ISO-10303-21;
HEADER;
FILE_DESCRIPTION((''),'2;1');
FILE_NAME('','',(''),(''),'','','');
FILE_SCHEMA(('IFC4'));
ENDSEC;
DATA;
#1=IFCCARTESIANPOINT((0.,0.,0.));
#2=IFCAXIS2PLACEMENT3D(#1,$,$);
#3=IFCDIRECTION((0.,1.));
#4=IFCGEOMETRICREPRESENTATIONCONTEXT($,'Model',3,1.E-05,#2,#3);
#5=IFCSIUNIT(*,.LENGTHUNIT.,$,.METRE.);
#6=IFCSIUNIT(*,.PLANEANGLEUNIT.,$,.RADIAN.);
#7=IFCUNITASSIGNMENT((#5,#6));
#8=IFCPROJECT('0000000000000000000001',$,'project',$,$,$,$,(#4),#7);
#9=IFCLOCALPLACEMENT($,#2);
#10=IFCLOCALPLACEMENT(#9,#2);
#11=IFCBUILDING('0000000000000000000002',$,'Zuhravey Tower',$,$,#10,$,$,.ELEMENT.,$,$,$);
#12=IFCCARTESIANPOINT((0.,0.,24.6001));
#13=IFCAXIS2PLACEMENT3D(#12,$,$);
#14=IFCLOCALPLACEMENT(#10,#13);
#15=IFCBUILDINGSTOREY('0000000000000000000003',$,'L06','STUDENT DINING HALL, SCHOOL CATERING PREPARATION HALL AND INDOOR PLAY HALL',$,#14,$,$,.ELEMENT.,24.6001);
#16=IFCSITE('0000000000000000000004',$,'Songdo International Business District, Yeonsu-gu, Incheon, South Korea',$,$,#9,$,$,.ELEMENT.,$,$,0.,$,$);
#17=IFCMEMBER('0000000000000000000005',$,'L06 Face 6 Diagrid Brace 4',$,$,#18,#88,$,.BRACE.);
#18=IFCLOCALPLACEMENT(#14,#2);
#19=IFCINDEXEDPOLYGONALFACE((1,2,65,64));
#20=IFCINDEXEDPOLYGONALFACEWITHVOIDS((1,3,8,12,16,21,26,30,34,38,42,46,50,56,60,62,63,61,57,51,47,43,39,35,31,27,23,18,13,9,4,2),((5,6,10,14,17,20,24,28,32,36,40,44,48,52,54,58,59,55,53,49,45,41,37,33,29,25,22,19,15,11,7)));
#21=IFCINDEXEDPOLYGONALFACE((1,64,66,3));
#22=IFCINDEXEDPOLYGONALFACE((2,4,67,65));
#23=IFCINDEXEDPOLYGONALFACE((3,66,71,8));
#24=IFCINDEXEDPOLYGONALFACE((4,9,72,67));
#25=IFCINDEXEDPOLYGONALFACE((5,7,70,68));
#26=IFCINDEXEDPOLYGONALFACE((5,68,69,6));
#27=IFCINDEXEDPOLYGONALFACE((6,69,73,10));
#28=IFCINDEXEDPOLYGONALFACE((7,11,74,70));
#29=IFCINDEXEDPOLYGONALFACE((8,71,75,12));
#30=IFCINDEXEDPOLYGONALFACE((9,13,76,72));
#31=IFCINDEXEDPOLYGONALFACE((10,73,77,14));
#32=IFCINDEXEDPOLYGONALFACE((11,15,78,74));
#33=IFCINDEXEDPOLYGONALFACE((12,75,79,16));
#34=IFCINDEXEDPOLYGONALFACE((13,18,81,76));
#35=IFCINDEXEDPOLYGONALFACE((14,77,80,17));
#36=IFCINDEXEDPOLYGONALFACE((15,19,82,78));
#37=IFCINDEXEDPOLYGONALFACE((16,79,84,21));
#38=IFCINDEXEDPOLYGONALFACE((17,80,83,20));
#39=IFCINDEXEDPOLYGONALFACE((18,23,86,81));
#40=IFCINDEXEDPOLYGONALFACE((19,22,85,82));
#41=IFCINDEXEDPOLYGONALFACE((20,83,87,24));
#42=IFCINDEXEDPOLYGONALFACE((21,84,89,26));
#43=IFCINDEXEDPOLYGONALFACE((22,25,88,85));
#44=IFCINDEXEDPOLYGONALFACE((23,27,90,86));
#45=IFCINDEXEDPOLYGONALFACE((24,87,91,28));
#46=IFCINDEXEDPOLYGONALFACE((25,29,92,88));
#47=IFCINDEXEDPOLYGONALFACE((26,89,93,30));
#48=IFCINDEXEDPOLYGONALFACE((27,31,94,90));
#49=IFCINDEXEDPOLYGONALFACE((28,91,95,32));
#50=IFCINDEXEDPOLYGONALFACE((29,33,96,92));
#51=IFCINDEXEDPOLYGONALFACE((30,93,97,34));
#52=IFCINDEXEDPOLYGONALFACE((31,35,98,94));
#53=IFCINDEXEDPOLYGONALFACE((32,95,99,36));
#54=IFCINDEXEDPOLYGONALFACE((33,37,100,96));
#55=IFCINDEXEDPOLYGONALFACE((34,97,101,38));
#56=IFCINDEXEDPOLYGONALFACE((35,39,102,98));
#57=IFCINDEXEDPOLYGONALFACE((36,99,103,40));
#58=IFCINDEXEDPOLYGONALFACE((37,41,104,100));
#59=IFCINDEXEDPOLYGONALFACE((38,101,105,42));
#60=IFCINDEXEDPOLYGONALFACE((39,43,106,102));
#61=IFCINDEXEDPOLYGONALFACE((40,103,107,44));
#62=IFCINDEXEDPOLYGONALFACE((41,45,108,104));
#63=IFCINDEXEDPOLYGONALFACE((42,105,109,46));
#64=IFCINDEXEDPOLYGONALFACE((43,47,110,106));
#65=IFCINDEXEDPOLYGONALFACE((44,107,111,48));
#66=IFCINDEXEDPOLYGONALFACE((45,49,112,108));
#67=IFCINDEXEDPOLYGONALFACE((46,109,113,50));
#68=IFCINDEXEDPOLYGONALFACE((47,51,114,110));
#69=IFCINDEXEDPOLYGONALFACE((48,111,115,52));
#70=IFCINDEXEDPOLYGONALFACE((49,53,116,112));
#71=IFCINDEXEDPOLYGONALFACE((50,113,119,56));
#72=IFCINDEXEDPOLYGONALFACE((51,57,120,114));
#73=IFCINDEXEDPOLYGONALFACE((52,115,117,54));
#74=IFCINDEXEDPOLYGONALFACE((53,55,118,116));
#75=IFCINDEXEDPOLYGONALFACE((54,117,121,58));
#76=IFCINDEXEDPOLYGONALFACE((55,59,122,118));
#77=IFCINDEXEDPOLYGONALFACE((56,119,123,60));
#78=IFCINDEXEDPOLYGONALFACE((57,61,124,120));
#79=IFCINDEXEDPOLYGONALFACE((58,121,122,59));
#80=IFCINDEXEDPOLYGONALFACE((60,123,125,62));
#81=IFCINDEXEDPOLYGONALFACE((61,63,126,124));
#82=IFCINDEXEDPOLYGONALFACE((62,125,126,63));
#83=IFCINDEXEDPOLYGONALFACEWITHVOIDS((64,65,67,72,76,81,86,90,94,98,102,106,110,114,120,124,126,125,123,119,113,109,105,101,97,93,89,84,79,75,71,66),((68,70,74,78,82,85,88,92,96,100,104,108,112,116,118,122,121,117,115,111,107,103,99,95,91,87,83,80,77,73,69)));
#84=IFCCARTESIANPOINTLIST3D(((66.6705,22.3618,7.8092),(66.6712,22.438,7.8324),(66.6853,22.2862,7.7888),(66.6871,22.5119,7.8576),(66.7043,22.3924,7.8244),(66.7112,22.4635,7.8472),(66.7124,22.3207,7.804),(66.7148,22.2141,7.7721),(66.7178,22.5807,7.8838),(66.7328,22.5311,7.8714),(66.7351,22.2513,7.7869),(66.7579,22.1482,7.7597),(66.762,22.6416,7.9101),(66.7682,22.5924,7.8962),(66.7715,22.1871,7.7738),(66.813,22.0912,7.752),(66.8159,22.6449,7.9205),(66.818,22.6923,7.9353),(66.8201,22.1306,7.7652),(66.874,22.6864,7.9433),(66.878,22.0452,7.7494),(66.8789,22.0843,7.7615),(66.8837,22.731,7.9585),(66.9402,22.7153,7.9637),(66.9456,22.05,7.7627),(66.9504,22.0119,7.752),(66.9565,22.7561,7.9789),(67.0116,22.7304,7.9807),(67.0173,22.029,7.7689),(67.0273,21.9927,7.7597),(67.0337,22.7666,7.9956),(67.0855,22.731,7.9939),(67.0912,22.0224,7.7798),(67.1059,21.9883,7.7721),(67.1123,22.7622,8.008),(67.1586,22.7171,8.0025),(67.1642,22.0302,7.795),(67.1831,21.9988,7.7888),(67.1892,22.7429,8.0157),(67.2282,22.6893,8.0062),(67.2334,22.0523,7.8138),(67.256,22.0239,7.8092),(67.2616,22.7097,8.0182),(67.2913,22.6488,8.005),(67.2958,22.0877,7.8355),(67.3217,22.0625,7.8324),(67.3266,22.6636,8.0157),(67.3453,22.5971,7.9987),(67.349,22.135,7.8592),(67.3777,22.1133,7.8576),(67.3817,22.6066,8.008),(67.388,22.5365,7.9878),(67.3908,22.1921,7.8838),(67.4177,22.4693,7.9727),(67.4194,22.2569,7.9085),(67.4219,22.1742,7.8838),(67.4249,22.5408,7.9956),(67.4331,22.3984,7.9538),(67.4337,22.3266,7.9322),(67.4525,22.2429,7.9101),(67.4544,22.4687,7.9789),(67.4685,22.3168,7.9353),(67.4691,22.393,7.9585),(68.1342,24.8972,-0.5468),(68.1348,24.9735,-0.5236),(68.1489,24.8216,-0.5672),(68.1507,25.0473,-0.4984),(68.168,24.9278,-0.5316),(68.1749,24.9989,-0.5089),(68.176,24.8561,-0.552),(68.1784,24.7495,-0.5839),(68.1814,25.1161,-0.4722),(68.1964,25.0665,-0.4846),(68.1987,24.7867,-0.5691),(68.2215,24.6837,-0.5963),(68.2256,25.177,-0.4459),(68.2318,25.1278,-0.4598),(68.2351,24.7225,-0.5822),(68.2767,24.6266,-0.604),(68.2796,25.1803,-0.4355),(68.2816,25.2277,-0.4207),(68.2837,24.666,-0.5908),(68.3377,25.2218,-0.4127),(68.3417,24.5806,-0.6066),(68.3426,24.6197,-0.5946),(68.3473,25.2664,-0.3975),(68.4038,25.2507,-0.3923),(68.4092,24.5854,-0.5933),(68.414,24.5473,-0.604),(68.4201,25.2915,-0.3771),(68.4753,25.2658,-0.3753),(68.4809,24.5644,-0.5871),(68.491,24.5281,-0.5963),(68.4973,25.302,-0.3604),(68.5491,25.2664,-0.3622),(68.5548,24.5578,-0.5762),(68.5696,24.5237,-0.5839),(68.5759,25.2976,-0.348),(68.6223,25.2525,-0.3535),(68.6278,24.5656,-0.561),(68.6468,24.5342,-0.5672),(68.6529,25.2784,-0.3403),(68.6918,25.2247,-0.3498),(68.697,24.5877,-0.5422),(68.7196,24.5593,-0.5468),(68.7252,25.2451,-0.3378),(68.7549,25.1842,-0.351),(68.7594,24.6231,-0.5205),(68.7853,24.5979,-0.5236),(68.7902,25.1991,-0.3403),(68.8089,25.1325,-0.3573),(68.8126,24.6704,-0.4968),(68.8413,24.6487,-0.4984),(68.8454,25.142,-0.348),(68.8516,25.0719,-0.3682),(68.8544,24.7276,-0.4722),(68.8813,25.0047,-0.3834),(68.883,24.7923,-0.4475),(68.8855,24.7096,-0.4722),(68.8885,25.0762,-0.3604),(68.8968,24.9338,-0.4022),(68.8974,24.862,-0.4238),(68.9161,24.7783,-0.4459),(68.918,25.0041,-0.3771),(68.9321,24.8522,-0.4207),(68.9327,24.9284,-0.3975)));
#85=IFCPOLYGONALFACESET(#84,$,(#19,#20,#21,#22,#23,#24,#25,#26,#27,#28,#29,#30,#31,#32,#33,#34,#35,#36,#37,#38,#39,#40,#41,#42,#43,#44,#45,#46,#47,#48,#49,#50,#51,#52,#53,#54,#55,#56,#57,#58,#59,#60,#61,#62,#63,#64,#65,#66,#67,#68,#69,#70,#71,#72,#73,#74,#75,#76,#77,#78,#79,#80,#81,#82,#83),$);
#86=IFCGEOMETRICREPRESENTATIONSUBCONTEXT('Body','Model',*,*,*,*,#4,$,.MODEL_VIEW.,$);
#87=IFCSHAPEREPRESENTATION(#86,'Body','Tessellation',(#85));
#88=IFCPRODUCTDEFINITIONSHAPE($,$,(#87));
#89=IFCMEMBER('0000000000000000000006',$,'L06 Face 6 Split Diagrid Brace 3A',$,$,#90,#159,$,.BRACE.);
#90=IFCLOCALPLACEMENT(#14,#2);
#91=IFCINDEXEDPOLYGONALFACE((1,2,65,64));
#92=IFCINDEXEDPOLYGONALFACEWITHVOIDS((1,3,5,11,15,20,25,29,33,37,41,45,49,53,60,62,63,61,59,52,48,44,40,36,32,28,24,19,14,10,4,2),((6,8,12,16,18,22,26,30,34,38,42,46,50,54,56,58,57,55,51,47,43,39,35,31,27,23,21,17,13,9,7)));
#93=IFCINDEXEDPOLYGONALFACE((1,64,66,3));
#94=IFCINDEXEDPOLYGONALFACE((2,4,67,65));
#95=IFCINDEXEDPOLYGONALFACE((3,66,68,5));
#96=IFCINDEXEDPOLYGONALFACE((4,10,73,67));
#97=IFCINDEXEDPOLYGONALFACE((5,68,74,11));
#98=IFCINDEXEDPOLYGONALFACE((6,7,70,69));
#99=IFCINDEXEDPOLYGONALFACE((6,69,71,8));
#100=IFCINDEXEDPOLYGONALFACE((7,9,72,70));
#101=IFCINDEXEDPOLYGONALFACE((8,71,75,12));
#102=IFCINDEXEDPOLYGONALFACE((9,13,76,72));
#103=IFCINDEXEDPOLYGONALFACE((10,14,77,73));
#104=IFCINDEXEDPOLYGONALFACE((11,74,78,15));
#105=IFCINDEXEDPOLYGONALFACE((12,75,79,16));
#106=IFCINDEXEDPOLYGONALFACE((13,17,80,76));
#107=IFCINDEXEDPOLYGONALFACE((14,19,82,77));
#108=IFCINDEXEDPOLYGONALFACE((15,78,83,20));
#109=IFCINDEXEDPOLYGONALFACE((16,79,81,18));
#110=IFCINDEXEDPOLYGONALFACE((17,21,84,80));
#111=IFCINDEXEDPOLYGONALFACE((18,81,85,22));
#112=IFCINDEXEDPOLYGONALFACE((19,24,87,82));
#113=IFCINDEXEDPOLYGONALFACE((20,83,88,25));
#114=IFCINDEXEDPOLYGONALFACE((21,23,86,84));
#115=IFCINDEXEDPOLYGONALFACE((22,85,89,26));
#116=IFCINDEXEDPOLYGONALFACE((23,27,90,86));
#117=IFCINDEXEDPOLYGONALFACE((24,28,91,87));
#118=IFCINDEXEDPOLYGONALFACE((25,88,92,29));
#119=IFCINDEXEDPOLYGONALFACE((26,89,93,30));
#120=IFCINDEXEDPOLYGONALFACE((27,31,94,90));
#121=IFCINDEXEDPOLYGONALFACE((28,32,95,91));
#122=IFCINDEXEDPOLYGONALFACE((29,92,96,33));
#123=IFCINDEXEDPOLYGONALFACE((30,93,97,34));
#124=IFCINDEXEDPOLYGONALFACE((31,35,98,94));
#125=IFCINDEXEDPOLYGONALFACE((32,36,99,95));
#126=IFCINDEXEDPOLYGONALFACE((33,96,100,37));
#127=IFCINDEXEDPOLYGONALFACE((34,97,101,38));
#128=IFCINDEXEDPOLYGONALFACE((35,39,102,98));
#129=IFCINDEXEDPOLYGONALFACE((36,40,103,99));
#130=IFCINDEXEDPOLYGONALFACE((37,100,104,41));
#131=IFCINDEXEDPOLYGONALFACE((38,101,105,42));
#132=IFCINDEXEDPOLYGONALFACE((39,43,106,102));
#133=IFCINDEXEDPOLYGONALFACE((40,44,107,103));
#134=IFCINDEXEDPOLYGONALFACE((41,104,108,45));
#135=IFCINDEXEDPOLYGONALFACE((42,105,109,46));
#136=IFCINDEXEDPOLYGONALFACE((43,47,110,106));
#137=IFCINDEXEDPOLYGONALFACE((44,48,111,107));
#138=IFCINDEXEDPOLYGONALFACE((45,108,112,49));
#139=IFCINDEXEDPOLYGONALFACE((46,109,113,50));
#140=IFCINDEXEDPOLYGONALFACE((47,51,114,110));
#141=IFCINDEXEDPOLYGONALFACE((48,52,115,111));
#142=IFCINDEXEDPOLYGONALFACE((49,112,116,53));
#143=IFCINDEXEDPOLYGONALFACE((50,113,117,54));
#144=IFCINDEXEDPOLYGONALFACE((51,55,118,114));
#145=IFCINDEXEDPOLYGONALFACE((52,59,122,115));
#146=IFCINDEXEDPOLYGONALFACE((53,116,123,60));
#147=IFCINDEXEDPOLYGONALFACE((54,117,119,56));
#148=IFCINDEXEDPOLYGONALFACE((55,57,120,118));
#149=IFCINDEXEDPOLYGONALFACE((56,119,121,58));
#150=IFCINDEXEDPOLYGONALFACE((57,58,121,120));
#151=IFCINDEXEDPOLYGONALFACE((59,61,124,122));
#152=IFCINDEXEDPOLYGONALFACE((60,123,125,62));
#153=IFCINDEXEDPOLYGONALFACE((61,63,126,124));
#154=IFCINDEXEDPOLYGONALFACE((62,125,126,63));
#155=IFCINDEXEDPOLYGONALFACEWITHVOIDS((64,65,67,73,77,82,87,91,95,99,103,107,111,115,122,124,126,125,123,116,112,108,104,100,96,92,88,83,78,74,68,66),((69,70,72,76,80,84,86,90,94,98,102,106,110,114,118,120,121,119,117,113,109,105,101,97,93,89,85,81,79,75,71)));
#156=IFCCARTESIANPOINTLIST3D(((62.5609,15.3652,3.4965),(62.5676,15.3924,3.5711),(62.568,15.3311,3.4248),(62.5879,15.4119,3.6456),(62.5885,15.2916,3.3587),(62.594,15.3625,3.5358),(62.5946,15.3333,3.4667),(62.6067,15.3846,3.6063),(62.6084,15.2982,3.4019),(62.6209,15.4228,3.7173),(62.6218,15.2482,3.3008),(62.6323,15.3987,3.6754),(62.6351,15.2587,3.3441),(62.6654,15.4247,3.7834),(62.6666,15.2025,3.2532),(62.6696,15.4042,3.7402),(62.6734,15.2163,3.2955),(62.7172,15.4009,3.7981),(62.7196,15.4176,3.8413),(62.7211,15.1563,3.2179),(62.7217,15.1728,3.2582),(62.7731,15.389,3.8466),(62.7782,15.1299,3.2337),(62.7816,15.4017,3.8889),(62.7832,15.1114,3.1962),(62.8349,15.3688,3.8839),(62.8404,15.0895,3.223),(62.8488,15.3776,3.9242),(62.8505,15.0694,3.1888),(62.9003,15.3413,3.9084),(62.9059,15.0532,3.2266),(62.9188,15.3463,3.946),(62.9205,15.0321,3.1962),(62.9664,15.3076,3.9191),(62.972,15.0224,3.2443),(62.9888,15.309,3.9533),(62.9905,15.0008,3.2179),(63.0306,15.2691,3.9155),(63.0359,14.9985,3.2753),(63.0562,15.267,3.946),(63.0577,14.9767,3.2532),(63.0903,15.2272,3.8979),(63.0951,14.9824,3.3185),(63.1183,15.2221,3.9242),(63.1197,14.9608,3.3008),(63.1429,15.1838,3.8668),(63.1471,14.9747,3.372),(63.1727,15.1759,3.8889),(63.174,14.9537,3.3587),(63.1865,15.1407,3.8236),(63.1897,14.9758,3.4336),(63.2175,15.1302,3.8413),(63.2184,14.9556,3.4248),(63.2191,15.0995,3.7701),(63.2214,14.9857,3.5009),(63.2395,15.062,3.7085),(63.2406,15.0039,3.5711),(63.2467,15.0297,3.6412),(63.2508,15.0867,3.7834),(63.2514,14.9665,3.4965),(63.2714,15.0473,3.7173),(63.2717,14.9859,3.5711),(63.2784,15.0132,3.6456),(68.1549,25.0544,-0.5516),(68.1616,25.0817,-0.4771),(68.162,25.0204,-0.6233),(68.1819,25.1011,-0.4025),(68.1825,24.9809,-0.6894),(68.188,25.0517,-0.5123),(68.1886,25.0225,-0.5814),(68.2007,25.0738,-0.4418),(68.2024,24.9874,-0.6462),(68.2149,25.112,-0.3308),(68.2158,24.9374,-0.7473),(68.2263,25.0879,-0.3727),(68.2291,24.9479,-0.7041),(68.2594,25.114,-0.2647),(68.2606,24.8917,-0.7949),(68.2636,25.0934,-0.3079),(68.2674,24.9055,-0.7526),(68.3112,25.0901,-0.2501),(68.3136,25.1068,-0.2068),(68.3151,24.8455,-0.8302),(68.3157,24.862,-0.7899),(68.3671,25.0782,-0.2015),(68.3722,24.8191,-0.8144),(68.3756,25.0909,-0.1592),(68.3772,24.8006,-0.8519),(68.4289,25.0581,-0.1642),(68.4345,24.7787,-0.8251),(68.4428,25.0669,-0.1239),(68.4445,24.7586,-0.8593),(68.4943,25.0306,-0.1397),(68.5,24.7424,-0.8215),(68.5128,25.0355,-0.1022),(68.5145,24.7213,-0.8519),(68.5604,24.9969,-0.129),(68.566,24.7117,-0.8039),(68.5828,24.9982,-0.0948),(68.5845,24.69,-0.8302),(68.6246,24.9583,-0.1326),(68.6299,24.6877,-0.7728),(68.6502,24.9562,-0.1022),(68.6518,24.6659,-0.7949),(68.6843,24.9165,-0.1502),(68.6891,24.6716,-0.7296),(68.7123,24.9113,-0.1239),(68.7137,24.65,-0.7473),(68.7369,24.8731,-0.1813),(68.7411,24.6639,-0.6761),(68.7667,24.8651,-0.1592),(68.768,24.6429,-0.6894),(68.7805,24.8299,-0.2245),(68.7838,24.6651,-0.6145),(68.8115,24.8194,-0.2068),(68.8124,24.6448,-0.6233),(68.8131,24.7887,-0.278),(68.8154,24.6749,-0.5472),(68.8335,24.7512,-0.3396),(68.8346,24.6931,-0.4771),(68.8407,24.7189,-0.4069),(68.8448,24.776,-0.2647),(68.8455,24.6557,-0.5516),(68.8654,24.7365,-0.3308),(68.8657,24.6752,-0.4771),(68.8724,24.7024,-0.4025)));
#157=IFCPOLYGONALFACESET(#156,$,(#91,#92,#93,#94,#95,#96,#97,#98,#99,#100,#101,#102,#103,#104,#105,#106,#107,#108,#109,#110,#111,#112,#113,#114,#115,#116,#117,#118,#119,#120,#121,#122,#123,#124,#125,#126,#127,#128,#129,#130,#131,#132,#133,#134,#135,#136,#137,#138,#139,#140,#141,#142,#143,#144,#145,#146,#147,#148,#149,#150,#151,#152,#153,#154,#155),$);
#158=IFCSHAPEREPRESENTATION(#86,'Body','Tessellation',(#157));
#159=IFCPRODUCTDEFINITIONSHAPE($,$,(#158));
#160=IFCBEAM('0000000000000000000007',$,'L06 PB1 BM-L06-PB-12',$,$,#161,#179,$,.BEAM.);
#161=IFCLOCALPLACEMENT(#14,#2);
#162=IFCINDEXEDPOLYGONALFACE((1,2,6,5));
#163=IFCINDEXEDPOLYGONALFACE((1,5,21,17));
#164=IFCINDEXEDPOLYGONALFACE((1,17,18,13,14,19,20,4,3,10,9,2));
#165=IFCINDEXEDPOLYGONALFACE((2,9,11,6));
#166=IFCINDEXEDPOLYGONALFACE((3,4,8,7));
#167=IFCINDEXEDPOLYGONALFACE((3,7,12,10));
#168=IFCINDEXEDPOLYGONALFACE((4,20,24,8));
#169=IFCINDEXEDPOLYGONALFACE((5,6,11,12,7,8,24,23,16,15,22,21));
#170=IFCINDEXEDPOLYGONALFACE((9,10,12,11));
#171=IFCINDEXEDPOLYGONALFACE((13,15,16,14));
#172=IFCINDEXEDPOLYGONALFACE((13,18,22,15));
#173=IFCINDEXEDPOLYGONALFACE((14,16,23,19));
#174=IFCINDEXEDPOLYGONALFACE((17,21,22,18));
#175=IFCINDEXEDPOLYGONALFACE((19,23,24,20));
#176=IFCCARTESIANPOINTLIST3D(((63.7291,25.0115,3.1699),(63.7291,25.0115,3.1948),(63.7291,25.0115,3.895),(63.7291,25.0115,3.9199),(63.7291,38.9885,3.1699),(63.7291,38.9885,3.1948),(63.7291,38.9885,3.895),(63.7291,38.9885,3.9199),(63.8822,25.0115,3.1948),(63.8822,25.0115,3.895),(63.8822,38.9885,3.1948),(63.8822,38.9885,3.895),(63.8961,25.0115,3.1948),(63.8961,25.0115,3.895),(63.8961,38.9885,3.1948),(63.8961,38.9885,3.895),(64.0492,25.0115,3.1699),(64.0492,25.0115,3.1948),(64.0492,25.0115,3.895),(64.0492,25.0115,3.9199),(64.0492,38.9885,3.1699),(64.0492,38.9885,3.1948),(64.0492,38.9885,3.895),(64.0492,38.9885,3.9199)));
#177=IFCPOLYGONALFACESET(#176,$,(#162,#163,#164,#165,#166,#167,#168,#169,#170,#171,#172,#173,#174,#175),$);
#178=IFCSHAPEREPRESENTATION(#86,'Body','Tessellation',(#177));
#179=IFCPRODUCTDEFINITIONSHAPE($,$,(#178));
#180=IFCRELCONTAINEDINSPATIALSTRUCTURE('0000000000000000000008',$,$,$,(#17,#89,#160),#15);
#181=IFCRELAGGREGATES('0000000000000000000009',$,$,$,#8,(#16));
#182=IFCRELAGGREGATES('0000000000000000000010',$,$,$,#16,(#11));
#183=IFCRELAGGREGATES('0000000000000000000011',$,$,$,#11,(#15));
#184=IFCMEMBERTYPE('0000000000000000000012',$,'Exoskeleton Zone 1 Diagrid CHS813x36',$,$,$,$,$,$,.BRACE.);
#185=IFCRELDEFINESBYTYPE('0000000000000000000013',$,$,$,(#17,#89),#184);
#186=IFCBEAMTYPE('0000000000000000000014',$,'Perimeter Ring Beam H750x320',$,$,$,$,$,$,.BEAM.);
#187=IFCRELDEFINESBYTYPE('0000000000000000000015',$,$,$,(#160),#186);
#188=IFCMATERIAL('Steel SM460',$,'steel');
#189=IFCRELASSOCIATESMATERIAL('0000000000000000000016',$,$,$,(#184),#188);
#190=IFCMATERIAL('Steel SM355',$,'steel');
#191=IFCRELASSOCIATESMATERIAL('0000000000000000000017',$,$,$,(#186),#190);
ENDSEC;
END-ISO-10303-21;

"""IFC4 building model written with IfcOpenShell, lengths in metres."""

from ifc_helpers import new_model, si_unit, direction, frame, origin, origin_2d, place, context, subcontext, project, spatial, hollow_circle, i_section, extrude, material, material_profile, profile_set, type_object, element, save


model = new_model("IFC4")

# Units and contexts
model_context = context("Model", 3, precision=1e-05, world=origin(), true_north=direction((0.0, 1.0)))
body_context = subcontext(model_context, "Body", "Model", "MODEL_VIEW")
ifc_project = project(units=[si_unit("LENGTHUNIT", "METRE"), si_unit("PLANEANGLEUNIT", "RADIAN")], contexts=[model_context])

# Site, building, storey
site_placement = place(None, origin())
site = spatial("IfcSite", under=ifc_project, at=site_placement, Name="Songdo International Business District, Yeonsu-gu, Incheon, South Korea", CompositionType="ELEMENT", RefElevation=0.0)
building_placement = place(site_placement, origin())
building = spatial("IfcBuilding", under=site, at=building_placement, Name="Zuhravey Tower", CompositionType="ELEMENT")
storey_placement = place(building_placement, frame((0.0, 0.0, 24.6001)))
storey = spatial("IfcBuildingStorey", under=building, at=storey_placement, Name="L06", Description="STUDENT DINING HALL, SCHOOL CATERING PREPARATION HALL AND INDOOR PLAY HALL", CompositionType="ELEMENT", Elevation=24.6001)

# Members
ifc_material_1 = material(Name="Steel SM460", Category="steel")
ifc_material_profile_1 = material_profile(ifc_material_1, hollow_circle(Radius=0.4065, WallThickness=0.0359, at=origin_2d()), Name="CHS-812.8x36")
ifc_profile_set_1 = profile_set([ifc_material_profile_1], Name="Steel SM460")
member_type_1 = type_object("IfcMemberType", Name="Exoskeleton Zone 1 Diagrid CHS813x36", PredefinedType="BRACE", material=ifc_profile_set_1)
member_1_placement = place(storey_placement, frame((68.5334, 24.9128, -0.4722), z_axis=(-0.165307, -0.286358, 0.943755), x_axis=(0.866054, -0.499951, 0.0)))
element("IfcMember", 1, at=member_1_placement, inside=storey, type_object=member_type_1, Name="L06 Face 6 Diagrid Brace 4", PredefinedType="BRACE", context=body_context, shape_type="SweptSolid", body=[
    extrude(hollow_circle(Radius=0.4065, WallThickness=0.0359, at=origin_2d()), origin(), (0.0, 0.0, 1.0), 8.854),
])
member_2_placement = place(storey_placement, frame((68.5137, 24.8784, -0.4771), z_axis=(-0.470166, -0.814361, 0.340235), x_axis=(0.866028, -0.499995, 0.0)))
element("IfcMember", 2, at=member_2_placement, inside=storey, type_object=member_type_1, Name="L06 Face 6 Split Diagrid Brace 3A", PredefinedType="BRACE", context=body_context, shape_type="SweptSolid", body=[
    extrude(hollow_circle(Radius=0.4065, WallThickness=0.0359, at=origin_2d()), origin(), (0.0, 0.0, 1.0), 11.8979),
])

# Beam
ifc_material_2 = material(Name="Steel SM355", Category="steel")
ifc_material_profile_2 = material_profile(ifc_material_2, i_section(OverallWidth=0.3201, OverallDepth=0.75, WebThickness=0.0139, FlangeThickness=0.0249, at=origin_2d()), Name="H-750x320x14x25")
ifc_profile_set_2 = profile_set([ifc_material_profile_2], Name="Steel SM355")
beam_type_1 = type_object("IfcBeamType", Name="Perimeter Ring Beam H750x320", PredefinedType="BEAM", material=ifc_profile_set_2)
beam_1_placement = place(storey_placement, frame((63.8892, 25.0115, 3.5449), z_axis=(0.0, 1.0, 0.0), x_axis=(-1.0, 0.0, 0.0)))
element("IfcBeam", 3, at=beam_1_placement, inside=storey, type_object=beam_type_1, Name="L06 PB1 BM-L06-PB-12", PredefinedType="BEAM", context=body_context, shape_type="SweptSolid", body=[
    extrude(i_section(OverallWidth=0.3201, OverallDepth=0.75, WebThickness=0.0139, FlangeThickness=0.0249, at=origin_2d()), origin(), (0.0, 0.0, 1.0), 13.9771),
])

save(model, "model.ifc")
